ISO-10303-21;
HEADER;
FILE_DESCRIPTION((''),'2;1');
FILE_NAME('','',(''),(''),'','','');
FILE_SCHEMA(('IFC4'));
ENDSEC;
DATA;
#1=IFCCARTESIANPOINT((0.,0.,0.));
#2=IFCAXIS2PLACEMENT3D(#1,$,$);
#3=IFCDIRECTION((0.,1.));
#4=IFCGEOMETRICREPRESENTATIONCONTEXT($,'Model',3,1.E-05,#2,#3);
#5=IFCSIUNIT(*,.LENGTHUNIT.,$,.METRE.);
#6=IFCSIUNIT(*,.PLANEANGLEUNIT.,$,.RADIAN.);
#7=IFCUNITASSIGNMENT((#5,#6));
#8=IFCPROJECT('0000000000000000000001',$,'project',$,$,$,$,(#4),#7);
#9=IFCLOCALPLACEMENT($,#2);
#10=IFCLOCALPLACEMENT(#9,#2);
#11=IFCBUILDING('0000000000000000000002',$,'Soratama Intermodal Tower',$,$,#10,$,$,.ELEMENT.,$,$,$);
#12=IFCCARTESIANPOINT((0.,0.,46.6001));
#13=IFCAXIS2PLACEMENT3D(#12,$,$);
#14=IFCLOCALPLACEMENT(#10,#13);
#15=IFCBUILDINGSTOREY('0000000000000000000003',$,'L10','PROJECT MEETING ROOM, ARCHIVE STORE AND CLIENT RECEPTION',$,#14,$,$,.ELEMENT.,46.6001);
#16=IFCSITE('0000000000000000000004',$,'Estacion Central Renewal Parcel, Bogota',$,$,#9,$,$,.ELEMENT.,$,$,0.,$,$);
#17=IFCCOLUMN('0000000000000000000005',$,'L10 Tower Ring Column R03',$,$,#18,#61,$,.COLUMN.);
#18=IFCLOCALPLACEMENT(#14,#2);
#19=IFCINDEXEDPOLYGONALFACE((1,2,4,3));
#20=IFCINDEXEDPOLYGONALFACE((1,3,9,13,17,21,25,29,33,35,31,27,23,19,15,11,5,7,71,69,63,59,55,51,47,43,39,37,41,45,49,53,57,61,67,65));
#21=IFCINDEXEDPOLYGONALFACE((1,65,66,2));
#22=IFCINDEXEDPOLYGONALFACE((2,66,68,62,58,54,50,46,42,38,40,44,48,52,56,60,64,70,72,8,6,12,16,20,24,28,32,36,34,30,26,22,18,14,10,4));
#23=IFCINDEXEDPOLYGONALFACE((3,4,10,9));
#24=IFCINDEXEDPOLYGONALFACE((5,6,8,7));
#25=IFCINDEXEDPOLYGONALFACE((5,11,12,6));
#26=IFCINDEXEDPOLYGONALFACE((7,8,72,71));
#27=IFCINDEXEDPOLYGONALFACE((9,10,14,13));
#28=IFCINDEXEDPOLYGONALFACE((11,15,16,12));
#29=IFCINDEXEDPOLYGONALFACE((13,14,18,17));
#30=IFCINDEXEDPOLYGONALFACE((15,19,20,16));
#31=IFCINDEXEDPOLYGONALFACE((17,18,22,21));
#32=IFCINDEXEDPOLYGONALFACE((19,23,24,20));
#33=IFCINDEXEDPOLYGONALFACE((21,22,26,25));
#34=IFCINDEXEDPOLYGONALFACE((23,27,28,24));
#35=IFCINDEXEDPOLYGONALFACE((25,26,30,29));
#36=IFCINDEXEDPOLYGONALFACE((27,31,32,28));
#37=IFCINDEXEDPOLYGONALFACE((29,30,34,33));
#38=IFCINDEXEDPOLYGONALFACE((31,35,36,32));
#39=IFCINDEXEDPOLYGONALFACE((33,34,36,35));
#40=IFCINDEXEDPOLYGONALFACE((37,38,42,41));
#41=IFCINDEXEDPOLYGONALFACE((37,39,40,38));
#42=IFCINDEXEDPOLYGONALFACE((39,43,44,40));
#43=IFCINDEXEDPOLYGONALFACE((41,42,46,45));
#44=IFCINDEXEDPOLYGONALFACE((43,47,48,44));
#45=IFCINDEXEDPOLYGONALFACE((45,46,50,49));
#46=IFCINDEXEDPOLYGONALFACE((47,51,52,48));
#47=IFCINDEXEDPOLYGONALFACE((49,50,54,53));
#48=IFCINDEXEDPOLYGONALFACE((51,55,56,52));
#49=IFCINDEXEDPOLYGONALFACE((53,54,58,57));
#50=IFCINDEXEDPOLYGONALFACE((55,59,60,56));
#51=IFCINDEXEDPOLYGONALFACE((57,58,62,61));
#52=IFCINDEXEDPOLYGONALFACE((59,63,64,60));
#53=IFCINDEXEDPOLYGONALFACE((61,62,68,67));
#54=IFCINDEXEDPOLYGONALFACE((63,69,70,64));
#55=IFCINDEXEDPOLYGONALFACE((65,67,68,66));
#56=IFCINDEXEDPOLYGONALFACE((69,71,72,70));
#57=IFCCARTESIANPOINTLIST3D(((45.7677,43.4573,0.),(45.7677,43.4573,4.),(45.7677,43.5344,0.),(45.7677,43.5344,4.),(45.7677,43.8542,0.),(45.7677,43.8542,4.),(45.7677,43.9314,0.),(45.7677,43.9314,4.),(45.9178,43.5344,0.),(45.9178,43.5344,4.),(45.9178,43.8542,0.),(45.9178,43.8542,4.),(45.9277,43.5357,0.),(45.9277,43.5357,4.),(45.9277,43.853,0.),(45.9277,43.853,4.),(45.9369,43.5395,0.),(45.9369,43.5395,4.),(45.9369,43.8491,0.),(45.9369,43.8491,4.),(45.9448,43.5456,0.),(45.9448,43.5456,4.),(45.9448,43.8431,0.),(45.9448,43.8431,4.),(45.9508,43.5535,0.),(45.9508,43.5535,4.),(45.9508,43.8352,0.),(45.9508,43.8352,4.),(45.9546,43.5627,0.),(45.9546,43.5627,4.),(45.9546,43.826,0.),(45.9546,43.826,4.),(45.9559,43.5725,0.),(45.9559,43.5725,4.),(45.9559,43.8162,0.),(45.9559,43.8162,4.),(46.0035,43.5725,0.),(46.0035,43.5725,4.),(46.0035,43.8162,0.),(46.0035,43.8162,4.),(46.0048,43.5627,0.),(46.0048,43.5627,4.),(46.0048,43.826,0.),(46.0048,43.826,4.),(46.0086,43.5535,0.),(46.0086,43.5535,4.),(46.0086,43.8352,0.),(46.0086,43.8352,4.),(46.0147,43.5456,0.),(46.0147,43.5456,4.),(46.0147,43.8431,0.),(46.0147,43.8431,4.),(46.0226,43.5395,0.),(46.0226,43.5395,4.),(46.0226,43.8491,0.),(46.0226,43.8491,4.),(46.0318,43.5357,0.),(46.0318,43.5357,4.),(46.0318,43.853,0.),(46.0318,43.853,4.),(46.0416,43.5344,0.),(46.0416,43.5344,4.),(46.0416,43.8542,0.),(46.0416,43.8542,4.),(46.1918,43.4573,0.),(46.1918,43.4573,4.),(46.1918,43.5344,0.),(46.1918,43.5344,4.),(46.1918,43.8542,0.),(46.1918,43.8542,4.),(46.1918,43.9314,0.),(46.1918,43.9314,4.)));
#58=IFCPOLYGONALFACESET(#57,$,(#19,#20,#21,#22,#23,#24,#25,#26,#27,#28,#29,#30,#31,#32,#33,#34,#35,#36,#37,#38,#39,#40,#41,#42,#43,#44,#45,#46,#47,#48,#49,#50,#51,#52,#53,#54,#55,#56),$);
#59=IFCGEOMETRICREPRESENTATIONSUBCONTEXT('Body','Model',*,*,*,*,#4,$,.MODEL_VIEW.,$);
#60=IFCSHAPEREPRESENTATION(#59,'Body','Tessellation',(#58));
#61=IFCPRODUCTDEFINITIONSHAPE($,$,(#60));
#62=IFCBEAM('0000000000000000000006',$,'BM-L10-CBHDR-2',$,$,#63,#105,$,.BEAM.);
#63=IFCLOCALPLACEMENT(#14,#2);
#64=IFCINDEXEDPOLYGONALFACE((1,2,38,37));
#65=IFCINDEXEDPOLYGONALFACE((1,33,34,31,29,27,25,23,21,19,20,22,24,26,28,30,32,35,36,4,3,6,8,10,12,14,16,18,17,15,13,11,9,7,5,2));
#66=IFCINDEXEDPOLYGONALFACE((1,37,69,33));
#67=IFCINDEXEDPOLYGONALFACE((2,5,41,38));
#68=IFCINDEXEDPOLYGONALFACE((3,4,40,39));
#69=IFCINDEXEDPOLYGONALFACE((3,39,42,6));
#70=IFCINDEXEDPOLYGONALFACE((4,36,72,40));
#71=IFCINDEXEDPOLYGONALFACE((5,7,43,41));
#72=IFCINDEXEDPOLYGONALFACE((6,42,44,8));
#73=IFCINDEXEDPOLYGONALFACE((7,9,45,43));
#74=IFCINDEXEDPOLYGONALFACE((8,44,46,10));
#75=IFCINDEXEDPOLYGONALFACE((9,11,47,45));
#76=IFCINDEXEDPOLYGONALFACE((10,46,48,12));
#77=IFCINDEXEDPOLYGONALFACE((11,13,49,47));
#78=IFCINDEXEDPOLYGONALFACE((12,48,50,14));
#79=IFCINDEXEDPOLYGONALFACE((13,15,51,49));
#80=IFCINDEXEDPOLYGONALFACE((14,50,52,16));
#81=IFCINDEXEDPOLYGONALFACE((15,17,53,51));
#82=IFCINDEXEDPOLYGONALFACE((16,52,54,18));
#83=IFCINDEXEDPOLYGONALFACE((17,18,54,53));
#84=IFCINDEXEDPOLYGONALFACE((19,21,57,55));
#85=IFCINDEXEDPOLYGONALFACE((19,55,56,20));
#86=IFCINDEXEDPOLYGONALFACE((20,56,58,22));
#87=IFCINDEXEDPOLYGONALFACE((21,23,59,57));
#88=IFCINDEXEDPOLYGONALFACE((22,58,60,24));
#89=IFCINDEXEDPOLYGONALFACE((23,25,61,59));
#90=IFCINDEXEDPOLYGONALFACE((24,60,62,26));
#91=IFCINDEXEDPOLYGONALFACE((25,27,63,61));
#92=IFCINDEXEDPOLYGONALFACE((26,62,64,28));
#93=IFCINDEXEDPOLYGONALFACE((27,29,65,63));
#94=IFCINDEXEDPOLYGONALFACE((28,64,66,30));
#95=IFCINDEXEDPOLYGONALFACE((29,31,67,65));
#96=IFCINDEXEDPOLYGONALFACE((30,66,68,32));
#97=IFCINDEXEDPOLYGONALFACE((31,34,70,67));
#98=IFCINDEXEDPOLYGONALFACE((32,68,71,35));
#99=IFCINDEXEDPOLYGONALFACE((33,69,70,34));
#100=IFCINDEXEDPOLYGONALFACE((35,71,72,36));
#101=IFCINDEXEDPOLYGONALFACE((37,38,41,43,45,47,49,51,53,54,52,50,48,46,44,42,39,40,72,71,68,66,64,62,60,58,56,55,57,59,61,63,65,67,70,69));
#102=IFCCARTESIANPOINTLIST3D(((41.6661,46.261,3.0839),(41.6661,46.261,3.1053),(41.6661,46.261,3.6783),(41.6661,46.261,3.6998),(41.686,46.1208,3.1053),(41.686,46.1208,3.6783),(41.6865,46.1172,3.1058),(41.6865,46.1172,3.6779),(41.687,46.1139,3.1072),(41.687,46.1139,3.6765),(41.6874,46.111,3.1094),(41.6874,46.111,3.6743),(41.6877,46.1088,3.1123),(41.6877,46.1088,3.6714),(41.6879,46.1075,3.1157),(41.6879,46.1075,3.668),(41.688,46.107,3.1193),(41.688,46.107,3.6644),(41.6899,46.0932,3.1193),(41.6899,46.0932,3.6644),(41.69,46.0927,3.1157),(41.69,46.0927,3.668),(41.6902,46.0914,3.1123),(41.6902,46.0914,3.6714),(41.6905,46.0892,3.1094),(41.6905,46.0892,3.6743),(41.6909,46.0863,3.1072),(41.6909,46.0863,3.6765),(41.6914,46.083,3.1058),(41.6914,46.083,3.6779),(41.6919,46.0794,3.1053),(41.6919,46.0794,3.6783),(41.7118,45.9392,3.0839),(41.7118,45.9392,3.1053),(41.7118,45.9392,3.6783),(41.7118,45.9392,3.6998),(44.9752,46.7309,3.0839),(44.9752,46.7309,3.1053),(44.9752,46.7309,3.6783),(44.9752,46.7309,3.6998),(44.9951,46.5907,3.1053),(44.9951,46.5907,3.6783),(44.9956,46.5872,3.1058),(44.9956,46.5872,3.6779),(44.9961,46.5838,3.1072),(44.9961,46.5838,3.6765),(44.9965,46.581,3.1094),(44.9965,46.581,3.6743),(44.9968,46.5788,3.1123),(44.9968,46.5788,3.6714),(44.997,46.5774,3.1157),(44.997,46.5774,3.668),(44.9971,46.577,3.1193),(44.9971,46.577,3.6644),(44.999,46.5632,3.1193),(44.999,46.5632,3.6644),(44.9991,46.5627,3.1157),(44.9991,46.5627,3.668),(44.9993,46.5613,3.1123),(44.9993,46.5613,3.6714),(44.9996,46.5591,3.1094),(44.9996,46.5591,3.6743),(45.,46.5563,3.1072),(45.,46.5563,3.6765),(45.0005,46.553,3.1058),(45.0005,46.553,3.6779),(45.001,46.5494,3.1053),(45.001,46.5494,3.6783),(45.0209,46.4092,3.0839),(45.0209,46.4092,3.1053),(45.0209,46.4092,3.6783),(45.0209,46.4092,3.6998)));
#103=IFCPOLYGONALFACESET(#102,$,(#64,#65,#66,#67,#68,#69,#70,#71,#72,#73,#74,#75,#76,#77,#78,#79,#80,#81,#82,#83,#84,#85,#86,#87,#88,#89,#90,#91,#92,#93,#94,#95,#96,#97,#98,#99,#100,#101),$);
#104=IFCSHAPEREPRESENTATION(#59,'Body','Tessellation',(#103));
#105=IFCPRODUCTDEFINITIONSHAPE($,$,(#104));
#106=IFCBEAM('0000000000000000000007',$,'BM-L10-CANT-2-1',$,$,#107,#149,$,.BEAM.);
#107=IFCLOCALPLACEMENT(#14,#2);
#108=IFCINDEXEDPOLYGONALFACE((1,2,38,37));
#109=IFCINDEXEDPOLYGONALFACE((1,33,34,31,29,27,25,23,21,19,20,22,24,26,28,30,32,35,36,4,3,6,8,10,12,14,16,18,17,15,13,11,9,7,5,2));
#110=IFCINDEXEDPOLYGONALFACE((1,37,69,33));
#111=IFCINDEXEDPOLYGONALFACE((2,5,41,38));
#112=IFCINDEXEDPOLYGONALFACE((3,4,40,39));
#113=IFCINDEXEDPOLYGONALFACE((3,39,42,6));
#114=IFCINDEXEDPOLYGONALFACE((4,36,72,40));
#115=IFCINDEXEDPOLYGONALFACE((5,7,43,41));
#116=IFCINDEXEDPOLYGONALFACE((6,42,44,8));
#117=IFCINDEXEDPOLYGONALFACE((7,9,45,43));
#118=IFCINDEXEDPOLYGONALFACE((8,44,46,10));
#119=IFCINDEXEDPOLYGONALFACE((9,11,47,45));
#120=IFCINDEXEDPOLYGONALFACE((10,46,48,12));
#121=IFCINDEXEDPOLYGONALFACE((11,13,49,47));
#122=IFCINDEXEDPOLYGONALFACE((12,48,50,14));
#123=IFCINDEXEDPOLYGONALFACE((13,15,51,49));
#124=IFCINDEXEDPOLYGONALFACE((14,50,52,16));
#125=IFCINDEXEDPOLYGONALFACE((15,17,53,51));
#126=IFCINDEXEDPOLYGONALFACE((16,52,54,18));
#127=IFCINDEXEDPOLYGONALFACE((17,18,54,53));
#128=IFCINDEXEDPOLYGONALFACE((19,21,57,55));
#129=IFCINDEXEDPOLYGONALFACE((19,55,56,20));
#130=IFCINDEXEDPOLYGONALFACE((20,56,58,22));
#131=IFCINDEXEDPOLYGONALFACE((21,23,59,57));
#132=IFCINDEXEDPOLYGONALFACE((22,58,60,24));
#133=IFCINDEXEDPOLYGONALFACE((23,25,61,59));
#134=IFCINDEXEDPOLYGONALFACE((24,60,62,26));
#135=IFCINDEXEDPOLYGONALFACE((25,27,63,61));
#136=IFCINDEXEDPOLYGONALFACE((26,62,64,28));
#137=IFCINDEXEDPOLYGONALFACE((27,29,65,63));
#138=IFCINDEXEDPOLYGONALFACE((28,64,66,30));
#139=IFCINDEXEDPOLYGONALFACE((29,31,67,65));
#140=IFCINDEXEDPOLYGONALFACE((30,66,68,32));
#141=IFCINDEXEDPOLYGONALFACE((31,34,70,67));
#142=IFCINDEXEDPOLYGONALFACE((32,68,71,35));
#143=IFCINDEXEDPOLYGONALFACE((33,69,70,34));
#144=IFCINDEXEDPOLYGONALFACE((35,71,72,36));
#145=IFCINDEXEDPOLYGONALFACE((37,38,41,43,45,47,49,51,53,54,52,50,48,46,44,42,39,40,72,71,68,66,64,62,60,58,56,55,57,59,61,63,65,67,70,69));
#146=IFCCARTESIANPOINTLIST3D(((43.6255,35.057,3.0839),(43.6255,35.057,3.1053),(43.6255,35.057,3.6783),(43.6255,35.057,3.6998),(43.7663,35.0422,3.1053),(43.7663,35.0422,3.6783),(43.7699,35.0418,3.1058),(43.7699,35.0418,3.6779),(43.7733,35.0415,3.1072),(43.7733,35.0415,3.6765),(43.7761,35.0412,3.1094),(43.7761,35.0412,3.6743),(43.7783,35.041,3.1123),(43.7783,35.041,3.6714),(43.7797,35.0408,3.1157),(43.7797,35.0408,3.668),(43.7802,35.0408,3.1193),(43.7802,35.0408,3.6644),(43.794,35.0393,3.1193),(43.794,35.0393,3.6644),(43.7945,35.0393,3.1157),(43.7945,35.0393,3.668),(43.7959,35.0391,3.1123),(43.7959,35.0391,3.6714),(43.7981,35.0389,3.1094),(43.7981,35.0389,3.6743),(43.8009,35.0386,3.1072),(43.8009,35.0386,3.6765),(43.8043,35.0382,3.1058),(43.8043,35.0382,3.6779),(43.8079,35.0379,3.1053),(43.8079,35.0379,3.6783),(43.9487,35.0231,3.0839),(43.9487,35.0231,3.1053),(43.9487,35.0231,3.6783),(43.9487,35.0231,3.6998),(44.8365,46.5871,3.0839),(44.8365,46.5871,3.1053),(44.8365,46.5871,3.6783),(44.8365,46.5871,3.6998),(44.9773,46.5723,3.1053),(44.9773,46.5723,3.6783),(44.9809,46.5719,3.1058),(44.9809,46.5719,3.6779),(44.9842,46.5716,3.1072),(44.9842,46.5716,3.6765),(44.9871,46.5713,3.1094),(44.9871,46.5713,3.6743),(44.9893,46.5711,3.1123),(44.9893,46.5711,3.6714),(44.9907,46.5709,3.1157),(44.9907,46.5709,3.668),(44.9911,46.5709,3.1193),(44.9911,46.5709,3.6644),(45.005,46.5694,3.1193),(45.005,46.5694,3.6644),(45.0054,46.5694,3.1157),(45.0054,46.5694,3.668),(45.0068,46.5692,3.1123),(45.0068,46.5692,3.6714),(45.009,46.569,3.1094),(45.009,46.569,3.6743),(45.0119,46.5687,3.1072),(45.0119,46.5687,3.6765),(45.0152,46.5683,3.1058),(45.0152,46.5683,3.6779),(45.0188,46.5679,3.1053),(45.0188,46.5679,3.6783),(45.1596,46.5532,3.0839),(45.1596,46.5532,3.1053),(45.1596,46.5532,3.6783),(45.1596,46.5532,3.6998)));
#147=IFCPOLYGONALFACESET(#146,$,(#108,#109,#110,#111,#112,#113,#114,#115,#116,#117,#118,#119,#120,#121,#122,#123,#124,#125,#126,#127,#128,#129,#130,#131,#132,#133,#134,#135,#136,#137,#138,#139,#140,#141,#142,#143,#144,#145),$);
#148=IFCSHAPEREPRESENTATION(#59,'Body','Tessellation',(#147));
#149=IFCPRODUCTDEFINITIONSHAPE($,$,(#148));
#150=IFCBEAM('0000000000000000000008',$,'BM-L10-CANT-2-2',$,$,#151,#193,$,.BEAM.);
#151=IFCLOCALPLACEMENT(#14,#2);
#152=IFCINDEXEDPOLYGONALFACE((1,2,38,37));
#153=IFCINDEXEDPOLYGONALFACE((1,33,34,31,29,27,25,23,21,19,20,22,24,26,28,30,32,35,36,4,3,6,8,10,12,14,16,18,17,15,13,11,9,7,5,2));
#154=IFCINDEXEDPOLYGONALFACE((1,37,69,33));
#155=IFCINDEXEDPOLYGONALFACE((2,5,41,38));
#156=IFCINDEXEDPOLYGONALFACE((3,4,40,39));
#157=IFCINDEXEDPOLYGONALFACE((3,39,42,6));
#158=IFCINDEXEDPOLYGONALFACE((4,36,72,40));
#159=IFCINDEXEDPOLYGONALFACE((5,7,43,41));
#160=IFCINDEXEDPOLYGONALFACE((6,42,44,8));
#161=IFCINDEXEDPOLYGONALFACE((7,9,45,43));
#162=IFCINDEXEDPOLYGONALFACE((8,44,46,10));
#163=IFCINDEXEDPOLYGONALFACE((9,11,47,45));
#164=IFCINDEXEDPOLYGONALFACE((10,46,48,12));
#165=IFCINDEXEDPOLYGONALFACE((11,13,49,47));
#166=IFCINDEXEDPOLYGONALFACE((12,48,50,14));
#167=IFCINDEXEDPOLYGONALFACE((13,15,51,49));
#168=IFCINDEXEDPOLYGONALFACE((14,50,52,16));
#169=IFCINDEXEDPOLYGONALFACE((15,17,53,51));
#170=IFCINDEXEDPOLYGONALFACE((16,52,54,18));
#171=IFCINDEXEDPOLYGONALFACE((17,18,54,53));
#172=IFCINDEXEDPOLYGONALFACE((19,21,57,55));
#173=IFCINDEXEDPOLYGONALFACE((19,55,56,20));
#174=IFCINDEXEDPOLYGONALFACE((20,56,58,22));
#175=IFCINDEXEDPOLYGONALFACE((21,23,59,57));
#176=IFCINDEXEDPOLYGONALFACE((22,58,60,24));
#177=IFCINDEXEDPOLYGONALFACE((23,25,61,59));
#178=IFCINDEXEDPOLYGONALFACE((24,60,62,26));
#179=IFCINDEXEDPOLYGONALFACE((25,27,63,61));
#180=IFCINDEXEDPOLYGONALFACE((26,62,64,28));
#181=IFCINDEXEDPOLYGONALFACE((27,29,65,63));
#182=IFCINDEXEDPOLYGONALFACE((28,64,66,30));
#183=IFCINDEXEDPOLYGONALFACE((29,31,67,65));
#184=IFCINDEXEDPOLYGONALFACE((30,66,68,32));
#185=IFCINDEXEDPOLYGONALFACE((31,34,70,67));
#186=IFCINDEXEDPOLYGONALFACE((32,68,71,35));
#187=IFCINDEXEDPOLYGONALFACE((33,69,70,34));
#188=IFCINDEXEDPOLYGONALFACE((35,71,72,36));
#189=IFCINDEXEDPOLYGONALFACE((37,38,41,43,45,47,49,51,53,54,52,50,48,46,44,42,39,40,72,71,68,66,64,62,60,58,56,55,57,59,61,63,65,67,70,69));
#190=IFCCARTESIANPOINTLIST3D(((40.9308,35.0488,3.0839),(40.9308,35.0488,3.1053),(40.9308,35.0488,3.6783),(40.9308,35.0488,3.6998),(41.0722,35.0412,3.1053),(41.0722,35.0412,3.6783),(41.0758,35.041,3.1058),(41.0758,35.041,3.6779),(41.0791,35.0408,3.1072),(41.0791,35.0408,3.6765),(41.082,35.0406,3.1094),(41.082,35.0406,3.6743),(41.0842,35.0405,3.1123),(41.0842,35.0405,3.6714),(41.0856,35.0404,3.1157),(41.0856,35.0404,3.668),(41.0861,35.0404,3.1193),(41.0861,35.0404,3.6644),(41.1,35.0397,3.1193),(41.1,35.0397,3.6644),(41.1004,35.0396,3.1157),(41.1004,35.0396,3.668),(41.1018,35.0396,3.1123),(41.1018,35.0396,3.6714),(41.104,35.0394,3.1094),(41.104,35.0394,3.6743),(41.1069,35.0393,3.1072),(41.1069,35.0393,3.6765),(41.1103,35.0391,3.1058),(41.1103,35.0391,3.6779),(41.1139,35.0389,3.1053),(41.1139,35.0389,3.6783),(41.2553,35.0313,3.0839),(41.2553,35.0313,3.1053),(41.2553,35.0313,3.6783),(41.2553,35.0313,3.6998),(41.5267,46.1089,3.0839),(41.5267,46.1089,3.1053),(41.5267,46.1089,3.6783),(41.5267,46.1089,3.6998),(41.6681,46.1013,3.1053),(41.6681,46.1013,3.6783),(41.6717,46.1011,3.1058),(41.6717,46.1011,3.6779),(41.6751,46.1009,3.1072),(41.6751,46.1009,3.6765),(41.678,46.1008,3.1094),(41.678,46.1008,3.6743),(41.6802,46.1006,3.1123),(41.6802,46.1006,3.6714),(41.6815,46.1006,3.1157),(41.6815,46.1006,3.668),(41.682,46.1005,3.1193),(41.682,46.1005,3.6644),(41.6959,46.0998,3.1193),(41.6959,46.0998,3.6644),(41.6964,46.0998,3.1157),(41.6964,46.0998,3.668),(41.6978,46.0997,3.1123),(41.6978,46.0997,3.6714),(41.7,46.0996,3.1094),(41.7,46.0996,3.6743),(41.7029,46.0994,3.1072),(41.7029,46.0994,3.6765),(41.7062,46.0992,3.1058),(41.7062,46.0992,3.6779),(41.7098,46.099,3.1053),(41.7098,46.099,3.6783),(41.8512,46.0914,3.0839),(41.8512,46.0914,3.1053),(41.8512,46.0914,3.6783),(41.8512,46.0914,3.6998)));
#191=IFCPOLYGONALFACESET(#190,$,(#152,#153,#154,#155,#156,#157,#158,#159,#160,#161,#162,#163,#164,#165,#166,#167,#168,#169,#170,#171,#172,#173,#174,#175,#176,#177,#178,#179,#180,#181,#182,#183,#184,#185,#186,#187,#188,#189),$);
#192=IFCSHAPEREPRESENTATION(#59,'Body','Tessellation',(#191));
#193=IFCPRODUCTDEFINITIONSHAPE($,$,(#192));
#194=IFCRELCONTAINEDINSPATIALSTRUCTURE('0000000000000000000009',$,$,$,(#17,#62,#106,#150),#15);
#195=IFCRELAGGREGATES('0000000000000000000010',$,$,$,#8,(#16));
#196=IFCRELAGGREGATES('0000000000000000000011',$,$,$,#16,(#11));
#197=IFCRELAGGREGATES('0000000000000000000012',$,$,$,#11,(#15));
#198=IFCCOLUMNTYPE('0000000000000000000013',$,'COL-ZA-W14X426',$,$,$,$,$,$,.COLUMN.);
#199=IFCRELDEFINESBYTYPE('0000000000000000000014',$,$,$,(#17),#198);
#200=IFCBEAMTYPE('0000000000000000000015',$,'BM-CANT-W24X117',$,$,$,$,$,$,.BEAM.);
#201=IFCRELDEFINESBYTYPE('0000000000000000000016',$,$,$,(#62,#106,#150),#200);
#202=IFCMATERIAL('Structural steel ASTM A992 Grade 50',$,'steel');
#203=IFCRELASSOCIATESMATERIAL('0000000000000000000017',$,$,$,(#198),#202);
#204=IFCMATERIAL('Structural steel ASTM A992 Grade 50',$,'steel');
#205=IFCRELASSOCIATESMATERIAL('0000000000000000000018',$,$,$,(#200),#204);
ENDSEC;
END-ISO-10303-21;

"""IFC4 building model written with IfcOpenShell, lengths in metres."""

from ifc_helpers import new_model, si_unit, direction, frame, origin, origin_2d, place, context, subcontext, project, spatial, i_section, extrude, material, material_profile, profile_set, type_object, element, save


model = new_model("IFC4")

# Units and contexts
model_context = context("Model", 3, precision=1e-05, world=origin(), true_north=direction((0.0, 1.0)))
body_context = subcontext(model_context, "Body", "Model", "MODEL_VIEW")
ifc_project = project(units=[si_unit("LENGTHUNIT", "METRE"), si_unit("PLANEANGLEUNIT", "RADIAN")], contexts=[model_context])

# Site, building, storey
site_placement = place(None, origin())
site = spatial("IfcSite", under=ifc_project, at=site_placement, Name="Estacion Central Renewal Parcel, Bogota", CompositionType="ELEMENT", RefElevation=0.0)
building_placement = place(site_placement, origin())
building = spatial("IfcBuilding", under=site, at=building_placement, Name="Soratama Intermodal Tower", CompositionType="ELEMENT")
storey_placement = place(building_placement, frame((0.0, 0.0, 46.6001)))
storey = spatial("IfcBuildingStorey", under=building, at=storey_placement, Name="L10", Description="PROJECT MEETING ROOM, ARCHIVE STORE AND CLIENT RECEPTION", CompositionType="ELEMENT", Elevation=46.6001)

# Column
ifc_material_1 = material(Name="Structural steel ASTM A992 Grade 50", Category="steel")
ifc_material_profile_1 = material_profile(ifc_material_1, i_section(OverallWidth=0.4241, OverallDepth=0.4741, WebThickness=0.0476, FlangeThickness=0.0771, FilletRadius=0.0381, at=origin_2d()), Name="W14X426")
ifc_profile_set_1 = profile_set([ifc_material_profile_1], Name="Structural steel ASTM A992 Grade 50")
column_type = type_object("IfcColumnType", Name="COL-ZA-W14X426", PredefinedType="COLUMN", material=ifc_profile_set_1)
column_placement = place(storey_placement, frame((45.9797, 43.6943, 0.0), z_axis=(0.0, 0.0, 1.0), x_axis=(1.0, 0.0, 0.0)))
element("IfcColumn", 1, at=column_placement, inside=storey, type_object=column_type, Name="L10 Tower Ring Column R03", PredefinedType="COLUMN", context=body_context, shape_type="SweptSolid", body=[
    extrude(i_section(OverallWidth=0.4241, OverallDepth=0.4741, WebThickness=0.0476, FlangeThickness=0.0771, FilletRadius=0.0381, at=origin_2d()), origin(), (0.0, 0.0, 1.0), 4.0),
])

# Beams
ifc_material_2 = material(Name="Structural steel ASTM A992 Grade 50", Category="steel")
ifc_material_profile_2 = material_profile(ifc_material_2, i_section(OverallWidth=0.325, OverallDepth=0.616, WebThickness=0.0139, FlangeThickness=0.0215, FilletRadius=0.0139, at=origin_2d()), Name="W24X117")
ifc_profile_set_2 = profile_set([ifc_material_profile_2], Name="Structural steel ASTM A992 Grade 50")
beam_type_1 = type_object("IfcBeamType", Name="BM-CANT-W24X117", PredefinedType="BEAM", material=ifc_profile_set_2)
beam_1_placement = place(storey_placement, frame((44.998, 46.5701, 3.3918), z_axis=(-0.990065, -0.140613, 0.0), x_axis=(0.140613, -0.990065, 0.0)))
element("IfcBeam", 2, at=beam_1_placement, inside=storey, type_object=beam_type_1, Name="BM-L10-CBHDR-2", PredefinedType="BEAM", context=body_context, shape_type="SweptSolid", body=[
    extrude(i_section(OverallWidth=0.325, OverallDepth=0.616, WebThickness=0.0139, FlangeThickness=0.0215, FilletRadius=0.0139, at=origin_2d()), origin(), (0.0, 0.0, 1.0), 3.3423),
])
beam_2_placement = place(storey_placement, frame((43.7871, 35.04, 3.3918), z_axis=(0.10445, 0.99453, 0.0), x_axis=(-0.99453, 0.10445, 0.0)))
element("IfcBeam", 3, at=beam_2_placement, inside=storey, type_object=beam_type_1, Name="BM-L10-CANT-2-1", PredefinedType="BEAM", context=body_context, shape_type="SweptSolid", body=[
    extrude(i_section(OverallWidth=0.325, OverallDepth=0.616, WebThickness=0.0139, FlangeThickness=0.0215, FilletRadius=0.0139, at=origin_2d()), origin(), (0.0, 0.0, 1.0), 11.5935),
])
beam_3_placement = place(storey_placement, frame((41.093, 35.04, 3.3918), z_axis=(0.053805, 0.998551, 0.0), x_axis=(-0.998551, 0.053805, 0.0)))
element("IfcBeam", 4, at=beam_3_placement, inside=storey, type_object=beam_type_1, Name="BM-L10-CANT-2-2", PredefinedType="BEAM", context=body_context, shape_type="SweptSolid", body=[
    extrude(i_section(OverallWidth=0.325, OverallDepth=0.616, WebThickness=0.0139, FlangeThickness=0.0215, FilletRadius=0.0139, at=origin_2d()), origin(), (0.0, 0.0, 1.0), 11.0762),
])

save(model, "model.ifc")
